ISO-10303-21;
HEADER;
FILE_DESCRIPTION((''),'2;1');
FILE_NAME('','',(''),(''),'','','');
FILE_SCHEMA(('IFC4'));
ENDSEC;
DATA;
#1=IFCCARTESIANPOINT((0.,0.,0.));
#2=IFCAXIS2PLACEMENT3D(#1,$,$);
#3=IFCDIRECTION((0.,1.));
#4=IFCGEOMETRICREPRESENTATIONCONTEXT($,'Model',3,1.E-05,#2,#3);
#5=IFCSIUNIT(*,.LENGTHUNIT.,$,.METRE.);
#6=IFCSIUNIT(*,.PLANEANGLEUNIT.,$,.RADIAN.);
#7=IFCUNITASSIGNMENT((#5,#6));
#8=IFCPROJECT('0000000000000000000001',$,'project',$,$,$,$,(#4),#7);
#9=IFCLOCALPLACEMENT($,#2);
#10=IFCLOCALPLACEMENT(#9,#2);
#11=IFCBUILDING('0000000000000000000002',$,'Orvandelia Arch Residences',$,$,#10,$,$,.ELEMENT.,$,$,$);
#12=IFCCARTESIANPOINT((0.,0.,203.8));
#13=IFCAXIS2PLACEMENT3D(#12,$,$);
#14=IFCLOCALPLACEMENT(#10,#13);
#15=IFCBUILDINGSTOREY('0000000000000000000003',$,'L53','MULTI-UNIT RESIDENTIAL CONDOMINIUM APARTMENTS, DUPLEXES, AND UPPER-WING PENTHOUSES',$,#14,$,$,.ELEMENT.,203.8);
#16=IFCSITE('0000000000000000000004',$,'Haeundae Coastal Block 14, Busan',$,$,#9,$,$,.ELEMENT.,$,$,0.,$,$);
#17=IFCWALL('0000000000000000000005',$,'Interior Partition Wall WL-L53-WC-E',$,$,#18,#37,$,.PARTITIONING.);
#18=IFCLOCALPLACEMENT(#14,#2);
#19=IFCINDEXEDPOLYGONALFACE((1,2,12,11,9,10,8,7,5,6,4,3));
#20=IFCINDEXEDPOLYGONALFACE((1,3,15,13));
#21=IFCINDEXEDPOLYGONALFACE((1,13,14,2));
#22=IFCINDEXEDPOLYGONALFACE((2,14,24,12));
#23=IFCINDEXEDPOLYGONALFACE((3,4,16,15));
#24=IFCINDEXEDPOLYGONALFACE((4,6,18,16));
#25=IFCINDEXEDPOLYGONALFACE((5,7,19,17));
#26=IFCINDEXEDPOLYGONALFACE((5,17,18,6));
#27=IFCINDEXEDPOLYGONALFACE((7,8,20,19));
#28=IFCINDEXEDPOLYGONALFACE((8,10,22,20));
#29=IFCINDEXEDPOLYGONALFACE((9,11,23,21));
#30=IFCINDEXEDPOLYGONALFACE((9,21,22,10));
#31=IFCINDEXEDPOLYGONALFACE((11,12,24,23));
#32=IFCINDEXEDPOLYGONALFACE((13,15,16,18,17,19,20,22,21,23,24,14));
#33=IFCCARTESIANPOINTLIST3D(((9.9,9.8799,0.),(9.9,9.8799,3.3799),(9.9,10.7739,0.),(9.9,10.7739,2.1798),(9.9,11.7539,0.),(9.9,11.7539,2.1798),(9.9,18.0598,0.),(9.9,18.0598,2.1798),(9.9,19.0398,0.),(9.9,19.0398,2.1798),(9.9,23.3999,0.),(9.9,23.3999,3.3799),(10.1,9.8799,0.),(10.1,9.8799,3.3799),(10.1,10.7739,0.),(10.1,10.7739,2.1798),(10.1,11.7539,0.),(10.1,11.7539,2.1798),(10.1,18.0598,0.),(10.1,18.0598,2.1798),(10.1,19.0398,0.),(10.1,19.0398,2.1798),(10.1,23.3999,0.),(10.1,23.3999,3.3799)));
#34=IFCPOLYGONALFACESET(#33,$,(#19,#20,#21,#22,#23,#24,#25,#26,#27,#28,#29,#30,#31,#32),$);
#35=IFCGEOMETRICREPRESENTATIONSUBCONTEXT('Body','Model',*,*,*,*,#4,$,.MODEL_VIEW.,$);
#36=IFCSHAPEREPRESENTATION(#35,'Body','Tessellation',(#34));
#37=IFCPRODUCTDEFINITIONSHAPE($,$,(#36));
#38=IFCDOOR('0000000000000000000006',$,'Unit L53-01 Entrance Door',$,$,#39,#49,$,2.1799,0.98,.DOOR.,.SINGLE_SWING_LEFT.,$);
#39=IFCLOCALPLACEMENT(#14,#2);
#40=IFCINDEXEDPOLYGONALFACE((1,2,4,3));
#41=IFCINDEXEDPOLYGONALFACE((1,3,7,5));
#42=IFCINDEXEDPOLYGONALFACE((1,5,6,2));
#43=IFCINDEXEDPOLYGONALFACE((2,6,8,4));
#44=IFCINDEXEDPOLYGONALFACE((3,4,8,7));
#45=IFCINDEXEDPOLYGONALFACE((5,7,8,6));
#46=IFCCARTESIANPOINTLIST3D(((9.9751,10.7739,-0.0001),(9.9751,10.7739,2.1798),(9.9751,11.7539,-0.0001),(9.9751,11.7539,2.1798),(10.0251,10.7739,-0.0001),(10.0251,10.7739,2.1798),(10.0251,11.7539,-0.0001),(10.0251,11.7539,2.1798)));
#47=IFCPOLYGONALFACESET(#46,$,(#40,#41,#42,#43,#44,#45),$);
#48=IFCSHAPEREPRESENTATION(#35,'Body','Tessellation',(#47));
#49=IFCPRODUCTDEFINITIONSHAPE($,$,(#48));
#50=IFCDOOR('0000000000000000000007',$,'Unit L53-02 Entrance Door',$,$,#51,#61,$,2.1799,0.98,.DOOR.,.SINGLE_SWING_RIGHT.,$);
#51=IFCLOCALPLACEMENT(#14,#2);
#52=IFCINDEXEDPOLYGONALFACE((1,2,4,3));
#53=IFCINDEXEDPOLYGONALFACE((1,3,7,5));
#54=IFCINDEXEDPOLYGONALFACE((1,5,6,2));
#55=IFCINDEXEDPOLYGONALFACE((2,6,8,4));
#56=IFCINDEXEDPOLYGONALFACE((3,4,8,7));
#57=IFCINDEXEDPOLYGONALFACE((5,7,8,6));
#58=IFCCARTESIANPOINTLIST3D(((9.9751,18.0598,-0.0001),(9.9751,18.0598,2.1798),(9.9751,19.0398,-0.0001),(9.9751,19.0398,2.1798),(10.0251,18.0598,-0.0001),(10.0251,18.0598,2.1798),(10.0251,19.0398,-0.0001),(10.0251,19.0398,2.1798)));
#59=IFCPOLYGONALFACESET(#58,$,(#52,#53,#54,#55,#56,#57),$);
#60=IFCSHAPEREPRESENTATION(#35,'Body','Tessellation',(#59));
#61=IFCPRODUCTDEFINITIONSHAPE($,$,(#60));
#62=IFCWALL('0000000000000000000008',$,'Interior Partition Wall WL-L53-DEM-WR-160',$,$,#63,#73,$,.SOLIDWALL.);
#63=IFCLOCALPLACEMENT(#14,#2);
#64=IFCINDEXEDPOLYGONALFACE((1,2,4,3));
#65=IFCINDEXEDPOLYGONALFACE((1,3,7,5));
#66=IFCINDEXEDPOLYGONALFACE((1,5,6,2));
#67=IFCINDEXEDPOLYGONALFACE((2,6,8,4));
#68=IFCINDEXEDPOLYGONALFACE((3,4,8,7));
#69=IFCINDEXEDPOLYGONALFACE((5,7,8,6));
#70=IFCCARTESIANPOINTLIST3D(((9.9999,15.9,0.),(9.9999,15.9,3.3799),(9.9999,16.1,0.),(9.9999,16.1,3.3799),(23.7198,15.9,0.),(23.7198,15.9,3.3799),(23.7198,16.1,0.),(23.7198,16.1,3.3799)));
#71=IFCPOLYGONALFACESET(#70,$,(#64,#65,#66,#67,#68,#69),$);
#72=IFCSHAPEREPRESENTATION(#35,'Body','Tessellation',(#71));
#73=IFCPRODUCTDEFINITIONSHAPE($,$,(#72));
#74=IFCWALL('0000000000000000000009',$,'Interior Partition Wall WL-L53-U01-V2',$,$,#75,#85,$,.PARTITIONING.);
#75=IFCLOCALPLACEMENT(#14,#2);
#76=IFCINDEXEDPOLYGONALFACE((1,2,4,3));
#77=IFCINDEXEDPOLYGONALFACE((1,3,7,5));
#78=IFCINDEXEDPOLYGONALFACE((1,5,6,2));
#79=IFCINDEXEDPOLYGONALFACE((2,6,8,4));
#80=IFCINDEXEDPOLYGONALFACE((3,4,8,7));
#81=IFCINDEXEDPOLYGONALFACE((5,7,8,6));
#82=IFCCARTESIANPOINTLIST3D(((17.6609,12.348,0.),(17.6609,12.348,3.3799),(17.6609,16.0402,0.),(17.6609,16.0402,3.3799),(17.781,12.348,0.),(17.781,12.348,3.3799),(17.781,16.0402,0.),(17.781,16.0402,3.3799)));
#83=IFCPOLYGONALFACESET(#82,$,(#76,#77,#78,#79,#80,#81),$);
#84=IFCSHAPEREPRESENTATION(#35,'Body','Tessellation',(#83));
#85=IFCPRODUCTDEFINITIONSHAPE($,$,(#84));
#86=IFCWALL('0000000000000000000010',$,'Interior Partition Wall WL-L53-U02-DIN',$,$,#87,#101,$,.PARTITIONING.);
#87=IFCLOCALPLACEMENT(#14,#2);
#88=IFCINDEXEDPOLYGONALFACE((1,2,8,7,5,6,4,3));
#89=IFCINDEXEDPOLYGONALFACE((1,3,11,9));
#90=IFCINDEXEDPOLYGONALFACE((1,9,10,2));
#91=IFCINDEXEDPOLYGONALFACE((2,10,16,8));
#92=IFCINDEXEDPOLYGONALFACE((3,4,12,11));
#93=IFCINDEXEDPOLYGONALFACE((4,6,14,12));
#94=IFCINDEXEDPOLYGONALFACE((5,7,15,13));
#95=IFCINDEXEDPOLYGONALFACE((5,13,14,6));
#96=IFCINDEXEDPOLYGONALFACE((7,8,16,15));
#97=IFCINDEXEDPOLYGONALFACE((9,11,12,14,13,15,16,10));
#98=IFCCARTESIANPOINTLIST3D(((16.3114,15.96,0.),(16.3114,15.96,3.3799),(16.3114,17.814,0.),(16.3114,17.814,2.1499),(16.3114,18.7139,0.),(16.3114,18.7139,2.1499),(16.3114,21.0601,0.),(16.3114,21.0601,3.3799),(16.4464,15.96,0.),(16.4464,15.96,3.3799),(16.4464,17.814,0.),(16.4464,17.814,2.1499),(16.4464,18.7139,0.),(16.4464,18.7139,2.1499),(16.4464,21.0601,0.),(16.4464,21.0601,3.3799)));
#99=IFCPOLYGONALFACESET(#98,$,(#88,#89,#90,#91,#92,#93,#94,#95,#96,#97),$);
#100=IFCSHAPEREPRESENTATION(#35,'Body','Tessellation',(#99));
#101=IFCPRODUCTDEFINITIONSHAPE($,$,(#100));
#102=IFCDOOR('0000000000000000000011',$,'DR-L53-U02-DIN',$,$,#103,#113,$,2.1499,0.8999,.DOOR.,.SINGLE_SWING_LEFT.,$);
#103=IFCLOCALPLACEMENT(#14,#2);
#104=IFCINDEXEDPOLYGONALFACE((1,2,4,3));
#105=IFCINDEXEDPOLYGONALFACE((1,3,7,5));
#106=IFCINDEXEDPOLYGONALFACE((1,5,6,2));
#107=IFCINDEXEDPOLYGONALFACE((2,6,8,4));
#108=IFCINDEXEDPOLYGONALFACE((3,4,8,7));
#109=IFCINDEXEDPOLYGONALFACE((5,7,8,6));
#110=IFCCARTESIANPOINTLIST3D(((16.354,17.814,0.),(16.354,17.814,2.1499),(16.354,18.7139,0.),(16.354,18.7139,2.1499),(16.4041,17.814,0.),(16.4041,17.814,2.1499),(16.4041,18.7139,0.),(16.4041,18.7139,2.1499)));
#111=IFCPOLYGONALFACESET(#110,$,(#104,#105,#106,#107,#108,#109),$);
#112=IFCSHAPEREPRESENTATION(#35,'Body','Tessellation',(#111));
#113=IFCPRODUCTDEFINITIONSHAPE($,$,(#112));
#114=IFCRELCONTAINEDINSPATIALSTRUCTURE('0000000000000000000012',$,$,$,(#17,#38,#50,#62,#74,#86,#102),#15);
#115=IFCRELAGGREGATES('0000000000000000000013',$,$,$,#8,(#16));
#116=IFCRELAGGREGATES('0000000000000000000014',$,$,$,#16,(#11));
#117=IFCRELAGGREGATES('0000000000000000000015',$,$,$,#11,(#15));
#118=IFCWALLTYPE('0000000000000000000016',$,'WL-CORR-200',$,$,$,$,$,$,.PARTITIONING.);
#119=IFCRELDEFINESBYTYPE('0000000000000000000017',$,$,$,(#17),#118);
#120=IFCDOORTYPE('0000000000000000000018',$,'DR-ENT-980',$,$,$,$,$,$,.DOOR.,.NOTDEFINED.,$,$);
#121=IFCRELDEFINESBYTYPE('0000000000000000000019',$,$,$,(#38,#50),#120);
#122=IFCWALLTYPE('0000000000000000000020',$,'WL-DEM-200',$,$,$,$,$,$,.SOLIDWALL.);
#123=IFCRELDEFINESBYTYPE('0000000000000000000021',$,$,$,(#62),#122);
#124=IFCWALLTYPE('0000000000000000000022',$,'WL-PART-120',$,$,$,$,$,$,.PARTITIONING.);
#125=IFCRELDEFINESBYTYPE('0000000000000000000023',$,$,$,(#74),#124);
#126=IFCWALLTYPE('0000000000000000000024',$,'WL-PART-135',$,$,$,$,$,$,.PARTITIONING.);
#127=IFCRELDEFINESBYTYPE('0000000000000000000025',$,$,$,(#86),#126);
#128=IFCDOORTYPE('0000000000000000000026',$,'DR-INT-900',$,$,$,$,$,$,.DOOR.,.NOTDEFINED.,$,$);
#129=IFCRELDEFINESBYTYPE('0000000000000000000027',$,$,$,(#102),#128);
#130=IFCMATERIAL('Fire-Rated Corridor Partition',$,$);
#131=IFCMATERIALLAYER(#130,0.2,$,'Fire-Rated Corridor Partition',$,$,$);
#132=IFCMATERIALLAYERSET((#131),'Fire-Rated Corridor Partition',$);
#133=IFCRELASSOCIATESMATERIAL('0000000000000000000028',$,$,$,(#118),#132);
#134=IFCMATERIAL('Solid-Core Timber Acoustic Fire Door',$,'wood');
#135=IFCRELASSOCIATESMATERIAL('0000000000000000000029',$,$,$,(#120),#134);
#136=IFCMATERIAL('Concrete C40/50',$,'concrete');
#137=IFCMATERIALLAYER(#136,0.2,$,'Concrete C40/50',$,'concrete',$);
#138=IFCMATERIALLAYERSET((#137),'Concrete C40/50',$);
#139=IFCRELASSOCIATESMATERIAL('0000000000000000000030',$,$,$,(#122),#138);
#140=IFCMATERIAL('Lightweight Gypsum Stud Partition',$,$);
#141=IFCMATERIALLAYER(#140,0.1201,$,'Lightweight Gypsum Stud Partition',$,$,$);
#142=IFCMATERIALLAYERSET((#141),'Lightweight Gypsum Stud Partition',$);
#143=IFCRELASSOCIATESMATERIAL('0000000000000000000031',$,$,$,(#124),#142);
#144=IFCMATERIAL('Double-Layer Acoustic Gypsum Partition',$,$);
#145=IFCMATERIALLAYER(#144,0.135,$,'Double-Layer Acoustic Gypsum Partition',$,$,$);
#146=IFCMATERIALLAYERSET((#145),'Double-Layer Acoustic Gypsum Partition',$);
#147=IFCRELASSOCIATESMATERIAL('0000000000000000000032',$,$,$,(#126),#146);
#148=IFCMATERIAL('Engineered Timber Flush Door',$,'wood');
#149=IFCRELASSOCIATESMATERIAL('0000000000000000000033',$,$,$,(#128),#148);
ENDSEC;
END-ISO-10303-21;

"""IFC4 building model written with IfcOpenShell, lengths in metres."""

from ifc_helpers import new_model, si_unit, direction, frame, frame_2d, origin, place, context, subcontext, project, spatial, rectangle, extrude, material, layer, layer_set, type_object, element, fill, save


model = new_model("IFC4")

# Units and contexts
model_context = context("Model", 3, precision=1e-05, world=origin(), true_north=direction((0.0, 1.0)))
body_context = subcontext(model_context, "Body", "Model", "MODEL_VIEW")
ifc_project = project(units=[si_unit("LENGTHUNIT", "METRE"), si_unit("PLANEANGLEUNIT", "RADIAN")], contexts=[model_context])

# Site, building, storey
site_placement = place(None, origin())
site = spatial("IfcSite", under=ifc_project, at=site_placement, Name="Haeundae Coastal Block 14, Busan", CompositionType="ELEMENT", RefElevation=0.0)
building_placement = place(site_placement, origin())
building = spatial("IfcBuilding", under=site, at=building_placement, Name="Orvandelia Arch Residences", CompositionType="ELEMENT")
storey_placement = place(building_placement, frame((0.0, 0.0, 203.8)))
storey = spatial("IfcBuildingStorey", under=building, at=storey_placement, Name="L53", Description="MULTI-UNIT RESIDENTIAL CONDOMINIUM APARTMENTS, DUPLEXES, AND UPPER-WING PENTHOUSES", CompositionType="ELEMENT", Elevation=203.8)

# Wall, openings, doors
ifc_material_1 = material(Name="Fire-Rated Corridor Partition")
ifc_layer_1 = layer(ifc_material_1, 0.2, Name="Fire-Rated Corridor Partition")
ifc_layer_set_1 = layer_set([ifc_layer_1], Name="Fire-Rated Corridor Partition")
wall_type_1 = type_object("IfcWallType", Name="WL-CORR-200", PredefinedType="PARTITIONING", material=ifc_layer_set_1)
wall_1_placement = place(storey_placement, frame((10.0, 9.8799, 0.0), z_axis=(0.0, 0.0, 1.0), x_axis=(0.0, 1.0, 0.0)))
wall_1 = element("IfcWall", 1, at=wall_1_placement, inside=storey, type_object=wall_type_1, Name="Interior Partition Wall WL-L53-WC-E", PredefinedType="PARTITIONING", context=body_context, shape_type="SweptSolid", body=[
    extrude(rectangle(XDim=13.52, YDim=0.2, at=frame_2d((6.76, 0.0))), origin(), (0.0, 0.0, 1.0), 3.3799),
])
opening_1_placement = place(wall_1_placement, frame((0.894, 0.0, 0.0)))
opening_1 = element("IfcOpeningElement", 2, at=opening_1_placement, cuts=wall_1, PredefinedType="OPENING", context=body_context, shape_type="SweptSolid", body=[
    extrude(rectangle(XDim=0.98, YDim=2.1799, at=frame_2d((0.49, 1.0898))), frame((0.0, 0.1099, 0.0), z_axis=(0.0, -1.0, 0.0), x_axis=(1.0, 0.0, 0.0)), (0.0, 0.0, 1.0), 0.22),
])
opening_2_placement = place(wall_1_placement, frame((8.1799, 0.0, 0.0)))
opening_2 = element("IfcOpeningElement", 3, at=opening_2_placement, cuts=wall_1, PredefinedType="OPENING", context=body_context, shape_type="SweptSolid", body=[
    extrude(rectangle(XDim=0.98, YDim=2.1799, at=frame_2d((0.49, 1.0898))), frame((0.0, 0.1099, 0.0), z_axis=(0.0, -1.0, 0.0), x_axis=(1.0, 0.0, 0.0)), (0.0, 0.0, 1.0), 0.22),
])
ifc_material_2 = material(Name="Solid-Core Timber Acoustic Fire Door", Category="wood")
door_type_1 = type_object("IfcDoorType", Name="DR-ENT-980", OperationType="NOTDEFINED", PredefinedType="DOOR", material=ifc_material_2)
door_1_placement = place(opening_1_placement, origin())
door_1 = element("IfcDoor", 4, at=door_1_placement, inside=storey, type_object=door_type_1, Name="Unit L53-01 Entrance Door", OperationType="SINGLE_SWING_LEFT", OverallHeight=2.1799, OverallWidth=0.98, PredefinedType="DOOR", context=body_context, shape_type="SweptSolid", body=[
    extrude(rectangle(XDim=0.98, YDim=2.1799, at=frame_2d((0.49, 1.0898))), frame((0.0, 0.0249, 0.0), z_axis=(0.0, -1.0, 0.0), x_axis=(1.0, 0.0, 0.0)), (0.0, 0.0, 1.0), 0.05),
])
fill(opening_1, door_1)
door_2_placement = place(opening_2_placement, origin())
door_2 = element("IfcDoor", 5, at=door_2_placement, inside=storey, type_object=door_type_1, Name="Unit L53-02 Entrance Door", OperationType="SINGLE_SWING_RIGHT", OverallHeight=2.1799, OverallWidth=0.98, PredefinedType="DOOR", context=body_context, shape_type="SweptSolid", body=[
    extrude(rectangle(XDim=0.98, YDim=2.1799, at=frame_2d((0.49, 1.0898))), frame((0.0, 0.0249, 0.0), z_axis=(0.0, -1.0, 0.0), x_axis=(1.0, 0.0, 0.0)), (0.0, 0.0, 1.0), 0.05),
])
fill(opening_2, door_2)

# Walls
ifc_material_3 = material(Name="Concrete C40/50", Category="concrete")
ifc_layer_2 = layer(ifc_material_3, 0.2, Name="Concrete C40/50", Category="concrete")
ifc_layer_set_2 = layer_set([ifc_layer_2], Name="Concrete C40/50")
wall_type_2 = type_object("IfcWallType", Name="WL-DEM-200", PredefinedType="SOLIDWALL", material=ifc_layer_set_2)
wall_2_placement = place(storey_placement, frame((10.0, 16.0, 0.0), z_axis=(0.0, 0.0, 1.0), x_axis=(1.0, 0.0, 0.0)))
element("IfcWall", 6, at=wall_2_placement, inside=storey, type_object=wall_type_2, Name="Interior Partition Wall WL-L53-DEM-WR-160", PredefinedType="SOLIDWALL", context=body_context, shape_type="SweptSolid", body=[
    extrude(rectangle(XDim=13.72, YDim=0.2, at=frame_2d((6.8599, 0.0))), origin(), (0.0, 0.0, 1.0), 3.3799),
])
ifc_material_4 = material(Name="Lightweight Gypsum Stud Partition")
ifc_layer_3 = layer(ifc_material_4, 0.1201, Name="Lightweight Gypsum Stud Partition")
ifc_layer_set_3 = layer_set([ifc_layer_3], Name="Lightweight Gypsum Stud Partition")
wall_type_3 = type_object("IfcWallType", Name="WL-PART-120", PredefinedType="PARTITIONING", material=ifc_layer_set_3)
wall_3_placement = place(storey_placement, frame((17.7209, 12.3479, 0.0), z_axis=(0.0, 0.0, 1.0), x_axis=(0.0, 1.0, 0.0)))
element("IfcWall", 7, at=wall_3_placement, inside=storey, type_object=wall_type_3, Name="Interior Partition Wall WL-L53-U01-V2", PredefinedType="PARTITIONING", context=body_context, shape_type="SweptSolid", body=[
    extrude(rectangle(XDim=3.6921, YDim=0.1201, at=frame_2d((1.8462, 0.0))), origin(), (0.0, 0.0, 1.0), 3.3799),
])

# Wall, opening, door
ifc_material_5 = material(Name="Double-Layer Acoustic Gypsum Partition")
ifc_layer_4 = layer(ifc_material_5, 0.135, Name="Double-Layer Acoustic Gypsum Partition")
ifc_layer_set_4 = layer_set([ifc_layer_4], Name="Double-Layer Acoustic Gypsum Partition")
wall_type_4 = type_object("IfcWallType", Name="WL-PART-135", PredefinedType="PARTITIONING", material=ifc_layer_set_4)
ifc_material_6 = material(Name="Engineered Timber Flush Door", Category="wood")
door_type_2 = type_object("IfcDoorType", Name="DR-INT-900", OperationType="NOTDEFINED", PredefinedType="DOOR", material=ifc_material_6)
wall_4_placement = place(storey_placement, frame((16.3789, 15.96, 0.0), z_axis=(0.0, 0.0, 1.0), x_axis=(0.0, 1.0, 0.0)))
wall_4 = element("IfcWall", 8, at=wall_4_placement, inside=storey, type_object=wall_type_4, Name="Interior Partition Wall WL-L53-U02-DIN", PredefinedType="PARTITIONING", context=body_context, shape_type="SweptSolid", body=[
    extrude(rectangle(XDim=5.1001, YDim=0.135, at=frame_2d((2.55, 0.0))), origin(), (0.0, 0.0, 1.0), 3.3799),
])
opening_3_placement = place(wall_4_placement, frame((1.854, 0.0, 0.0)))
opening_3 = element("IfcOpeningElement", 9, at=opening_3_placement, cuts=wall_4, PredefinedType="OPENING", context=body_context, shape_type="SweptSolid", body=[
    extrude(rectangle(XDim=0.8999, YDim=2.1499, at=frame_2d((0.45, 1.075))), frame((0.0, 0.0776, 0.0), z_axis=(0.0, -1.0, 0.0), x_axis=(1.0, 0.0, 0.0)), (0.0, 0.0, 1.0), 0.155),
])
door_3_placement = place(opening_3_placement, origin())
door_3 = element("IfcDoor", 10, at=door_3_placement, inside=storey, type_object=door_type_2, Name="DR-L53-U02-DIN", OperationType="SINGLE_SWING_LEFT", OverallHeight=2.1499, OverallWidth=0.8999, PredefinedType="DOOR", context=body_context, shape_type="SweptSolid", body=[
    extrude(rectangle(XDim=0.8999, YDim=2.1499, at=frame_2d((0.45, 1.075))), frame((0.0, 0.0249, 0.0), z_axis=(0.0, -1.0, 0.0), x_axis=(1.0, 0.0, 0.0)), (0.0, 0.0, 1.0), 0.05),
])
fill(opening_3, door_3)

save(model, "model.ifc")
